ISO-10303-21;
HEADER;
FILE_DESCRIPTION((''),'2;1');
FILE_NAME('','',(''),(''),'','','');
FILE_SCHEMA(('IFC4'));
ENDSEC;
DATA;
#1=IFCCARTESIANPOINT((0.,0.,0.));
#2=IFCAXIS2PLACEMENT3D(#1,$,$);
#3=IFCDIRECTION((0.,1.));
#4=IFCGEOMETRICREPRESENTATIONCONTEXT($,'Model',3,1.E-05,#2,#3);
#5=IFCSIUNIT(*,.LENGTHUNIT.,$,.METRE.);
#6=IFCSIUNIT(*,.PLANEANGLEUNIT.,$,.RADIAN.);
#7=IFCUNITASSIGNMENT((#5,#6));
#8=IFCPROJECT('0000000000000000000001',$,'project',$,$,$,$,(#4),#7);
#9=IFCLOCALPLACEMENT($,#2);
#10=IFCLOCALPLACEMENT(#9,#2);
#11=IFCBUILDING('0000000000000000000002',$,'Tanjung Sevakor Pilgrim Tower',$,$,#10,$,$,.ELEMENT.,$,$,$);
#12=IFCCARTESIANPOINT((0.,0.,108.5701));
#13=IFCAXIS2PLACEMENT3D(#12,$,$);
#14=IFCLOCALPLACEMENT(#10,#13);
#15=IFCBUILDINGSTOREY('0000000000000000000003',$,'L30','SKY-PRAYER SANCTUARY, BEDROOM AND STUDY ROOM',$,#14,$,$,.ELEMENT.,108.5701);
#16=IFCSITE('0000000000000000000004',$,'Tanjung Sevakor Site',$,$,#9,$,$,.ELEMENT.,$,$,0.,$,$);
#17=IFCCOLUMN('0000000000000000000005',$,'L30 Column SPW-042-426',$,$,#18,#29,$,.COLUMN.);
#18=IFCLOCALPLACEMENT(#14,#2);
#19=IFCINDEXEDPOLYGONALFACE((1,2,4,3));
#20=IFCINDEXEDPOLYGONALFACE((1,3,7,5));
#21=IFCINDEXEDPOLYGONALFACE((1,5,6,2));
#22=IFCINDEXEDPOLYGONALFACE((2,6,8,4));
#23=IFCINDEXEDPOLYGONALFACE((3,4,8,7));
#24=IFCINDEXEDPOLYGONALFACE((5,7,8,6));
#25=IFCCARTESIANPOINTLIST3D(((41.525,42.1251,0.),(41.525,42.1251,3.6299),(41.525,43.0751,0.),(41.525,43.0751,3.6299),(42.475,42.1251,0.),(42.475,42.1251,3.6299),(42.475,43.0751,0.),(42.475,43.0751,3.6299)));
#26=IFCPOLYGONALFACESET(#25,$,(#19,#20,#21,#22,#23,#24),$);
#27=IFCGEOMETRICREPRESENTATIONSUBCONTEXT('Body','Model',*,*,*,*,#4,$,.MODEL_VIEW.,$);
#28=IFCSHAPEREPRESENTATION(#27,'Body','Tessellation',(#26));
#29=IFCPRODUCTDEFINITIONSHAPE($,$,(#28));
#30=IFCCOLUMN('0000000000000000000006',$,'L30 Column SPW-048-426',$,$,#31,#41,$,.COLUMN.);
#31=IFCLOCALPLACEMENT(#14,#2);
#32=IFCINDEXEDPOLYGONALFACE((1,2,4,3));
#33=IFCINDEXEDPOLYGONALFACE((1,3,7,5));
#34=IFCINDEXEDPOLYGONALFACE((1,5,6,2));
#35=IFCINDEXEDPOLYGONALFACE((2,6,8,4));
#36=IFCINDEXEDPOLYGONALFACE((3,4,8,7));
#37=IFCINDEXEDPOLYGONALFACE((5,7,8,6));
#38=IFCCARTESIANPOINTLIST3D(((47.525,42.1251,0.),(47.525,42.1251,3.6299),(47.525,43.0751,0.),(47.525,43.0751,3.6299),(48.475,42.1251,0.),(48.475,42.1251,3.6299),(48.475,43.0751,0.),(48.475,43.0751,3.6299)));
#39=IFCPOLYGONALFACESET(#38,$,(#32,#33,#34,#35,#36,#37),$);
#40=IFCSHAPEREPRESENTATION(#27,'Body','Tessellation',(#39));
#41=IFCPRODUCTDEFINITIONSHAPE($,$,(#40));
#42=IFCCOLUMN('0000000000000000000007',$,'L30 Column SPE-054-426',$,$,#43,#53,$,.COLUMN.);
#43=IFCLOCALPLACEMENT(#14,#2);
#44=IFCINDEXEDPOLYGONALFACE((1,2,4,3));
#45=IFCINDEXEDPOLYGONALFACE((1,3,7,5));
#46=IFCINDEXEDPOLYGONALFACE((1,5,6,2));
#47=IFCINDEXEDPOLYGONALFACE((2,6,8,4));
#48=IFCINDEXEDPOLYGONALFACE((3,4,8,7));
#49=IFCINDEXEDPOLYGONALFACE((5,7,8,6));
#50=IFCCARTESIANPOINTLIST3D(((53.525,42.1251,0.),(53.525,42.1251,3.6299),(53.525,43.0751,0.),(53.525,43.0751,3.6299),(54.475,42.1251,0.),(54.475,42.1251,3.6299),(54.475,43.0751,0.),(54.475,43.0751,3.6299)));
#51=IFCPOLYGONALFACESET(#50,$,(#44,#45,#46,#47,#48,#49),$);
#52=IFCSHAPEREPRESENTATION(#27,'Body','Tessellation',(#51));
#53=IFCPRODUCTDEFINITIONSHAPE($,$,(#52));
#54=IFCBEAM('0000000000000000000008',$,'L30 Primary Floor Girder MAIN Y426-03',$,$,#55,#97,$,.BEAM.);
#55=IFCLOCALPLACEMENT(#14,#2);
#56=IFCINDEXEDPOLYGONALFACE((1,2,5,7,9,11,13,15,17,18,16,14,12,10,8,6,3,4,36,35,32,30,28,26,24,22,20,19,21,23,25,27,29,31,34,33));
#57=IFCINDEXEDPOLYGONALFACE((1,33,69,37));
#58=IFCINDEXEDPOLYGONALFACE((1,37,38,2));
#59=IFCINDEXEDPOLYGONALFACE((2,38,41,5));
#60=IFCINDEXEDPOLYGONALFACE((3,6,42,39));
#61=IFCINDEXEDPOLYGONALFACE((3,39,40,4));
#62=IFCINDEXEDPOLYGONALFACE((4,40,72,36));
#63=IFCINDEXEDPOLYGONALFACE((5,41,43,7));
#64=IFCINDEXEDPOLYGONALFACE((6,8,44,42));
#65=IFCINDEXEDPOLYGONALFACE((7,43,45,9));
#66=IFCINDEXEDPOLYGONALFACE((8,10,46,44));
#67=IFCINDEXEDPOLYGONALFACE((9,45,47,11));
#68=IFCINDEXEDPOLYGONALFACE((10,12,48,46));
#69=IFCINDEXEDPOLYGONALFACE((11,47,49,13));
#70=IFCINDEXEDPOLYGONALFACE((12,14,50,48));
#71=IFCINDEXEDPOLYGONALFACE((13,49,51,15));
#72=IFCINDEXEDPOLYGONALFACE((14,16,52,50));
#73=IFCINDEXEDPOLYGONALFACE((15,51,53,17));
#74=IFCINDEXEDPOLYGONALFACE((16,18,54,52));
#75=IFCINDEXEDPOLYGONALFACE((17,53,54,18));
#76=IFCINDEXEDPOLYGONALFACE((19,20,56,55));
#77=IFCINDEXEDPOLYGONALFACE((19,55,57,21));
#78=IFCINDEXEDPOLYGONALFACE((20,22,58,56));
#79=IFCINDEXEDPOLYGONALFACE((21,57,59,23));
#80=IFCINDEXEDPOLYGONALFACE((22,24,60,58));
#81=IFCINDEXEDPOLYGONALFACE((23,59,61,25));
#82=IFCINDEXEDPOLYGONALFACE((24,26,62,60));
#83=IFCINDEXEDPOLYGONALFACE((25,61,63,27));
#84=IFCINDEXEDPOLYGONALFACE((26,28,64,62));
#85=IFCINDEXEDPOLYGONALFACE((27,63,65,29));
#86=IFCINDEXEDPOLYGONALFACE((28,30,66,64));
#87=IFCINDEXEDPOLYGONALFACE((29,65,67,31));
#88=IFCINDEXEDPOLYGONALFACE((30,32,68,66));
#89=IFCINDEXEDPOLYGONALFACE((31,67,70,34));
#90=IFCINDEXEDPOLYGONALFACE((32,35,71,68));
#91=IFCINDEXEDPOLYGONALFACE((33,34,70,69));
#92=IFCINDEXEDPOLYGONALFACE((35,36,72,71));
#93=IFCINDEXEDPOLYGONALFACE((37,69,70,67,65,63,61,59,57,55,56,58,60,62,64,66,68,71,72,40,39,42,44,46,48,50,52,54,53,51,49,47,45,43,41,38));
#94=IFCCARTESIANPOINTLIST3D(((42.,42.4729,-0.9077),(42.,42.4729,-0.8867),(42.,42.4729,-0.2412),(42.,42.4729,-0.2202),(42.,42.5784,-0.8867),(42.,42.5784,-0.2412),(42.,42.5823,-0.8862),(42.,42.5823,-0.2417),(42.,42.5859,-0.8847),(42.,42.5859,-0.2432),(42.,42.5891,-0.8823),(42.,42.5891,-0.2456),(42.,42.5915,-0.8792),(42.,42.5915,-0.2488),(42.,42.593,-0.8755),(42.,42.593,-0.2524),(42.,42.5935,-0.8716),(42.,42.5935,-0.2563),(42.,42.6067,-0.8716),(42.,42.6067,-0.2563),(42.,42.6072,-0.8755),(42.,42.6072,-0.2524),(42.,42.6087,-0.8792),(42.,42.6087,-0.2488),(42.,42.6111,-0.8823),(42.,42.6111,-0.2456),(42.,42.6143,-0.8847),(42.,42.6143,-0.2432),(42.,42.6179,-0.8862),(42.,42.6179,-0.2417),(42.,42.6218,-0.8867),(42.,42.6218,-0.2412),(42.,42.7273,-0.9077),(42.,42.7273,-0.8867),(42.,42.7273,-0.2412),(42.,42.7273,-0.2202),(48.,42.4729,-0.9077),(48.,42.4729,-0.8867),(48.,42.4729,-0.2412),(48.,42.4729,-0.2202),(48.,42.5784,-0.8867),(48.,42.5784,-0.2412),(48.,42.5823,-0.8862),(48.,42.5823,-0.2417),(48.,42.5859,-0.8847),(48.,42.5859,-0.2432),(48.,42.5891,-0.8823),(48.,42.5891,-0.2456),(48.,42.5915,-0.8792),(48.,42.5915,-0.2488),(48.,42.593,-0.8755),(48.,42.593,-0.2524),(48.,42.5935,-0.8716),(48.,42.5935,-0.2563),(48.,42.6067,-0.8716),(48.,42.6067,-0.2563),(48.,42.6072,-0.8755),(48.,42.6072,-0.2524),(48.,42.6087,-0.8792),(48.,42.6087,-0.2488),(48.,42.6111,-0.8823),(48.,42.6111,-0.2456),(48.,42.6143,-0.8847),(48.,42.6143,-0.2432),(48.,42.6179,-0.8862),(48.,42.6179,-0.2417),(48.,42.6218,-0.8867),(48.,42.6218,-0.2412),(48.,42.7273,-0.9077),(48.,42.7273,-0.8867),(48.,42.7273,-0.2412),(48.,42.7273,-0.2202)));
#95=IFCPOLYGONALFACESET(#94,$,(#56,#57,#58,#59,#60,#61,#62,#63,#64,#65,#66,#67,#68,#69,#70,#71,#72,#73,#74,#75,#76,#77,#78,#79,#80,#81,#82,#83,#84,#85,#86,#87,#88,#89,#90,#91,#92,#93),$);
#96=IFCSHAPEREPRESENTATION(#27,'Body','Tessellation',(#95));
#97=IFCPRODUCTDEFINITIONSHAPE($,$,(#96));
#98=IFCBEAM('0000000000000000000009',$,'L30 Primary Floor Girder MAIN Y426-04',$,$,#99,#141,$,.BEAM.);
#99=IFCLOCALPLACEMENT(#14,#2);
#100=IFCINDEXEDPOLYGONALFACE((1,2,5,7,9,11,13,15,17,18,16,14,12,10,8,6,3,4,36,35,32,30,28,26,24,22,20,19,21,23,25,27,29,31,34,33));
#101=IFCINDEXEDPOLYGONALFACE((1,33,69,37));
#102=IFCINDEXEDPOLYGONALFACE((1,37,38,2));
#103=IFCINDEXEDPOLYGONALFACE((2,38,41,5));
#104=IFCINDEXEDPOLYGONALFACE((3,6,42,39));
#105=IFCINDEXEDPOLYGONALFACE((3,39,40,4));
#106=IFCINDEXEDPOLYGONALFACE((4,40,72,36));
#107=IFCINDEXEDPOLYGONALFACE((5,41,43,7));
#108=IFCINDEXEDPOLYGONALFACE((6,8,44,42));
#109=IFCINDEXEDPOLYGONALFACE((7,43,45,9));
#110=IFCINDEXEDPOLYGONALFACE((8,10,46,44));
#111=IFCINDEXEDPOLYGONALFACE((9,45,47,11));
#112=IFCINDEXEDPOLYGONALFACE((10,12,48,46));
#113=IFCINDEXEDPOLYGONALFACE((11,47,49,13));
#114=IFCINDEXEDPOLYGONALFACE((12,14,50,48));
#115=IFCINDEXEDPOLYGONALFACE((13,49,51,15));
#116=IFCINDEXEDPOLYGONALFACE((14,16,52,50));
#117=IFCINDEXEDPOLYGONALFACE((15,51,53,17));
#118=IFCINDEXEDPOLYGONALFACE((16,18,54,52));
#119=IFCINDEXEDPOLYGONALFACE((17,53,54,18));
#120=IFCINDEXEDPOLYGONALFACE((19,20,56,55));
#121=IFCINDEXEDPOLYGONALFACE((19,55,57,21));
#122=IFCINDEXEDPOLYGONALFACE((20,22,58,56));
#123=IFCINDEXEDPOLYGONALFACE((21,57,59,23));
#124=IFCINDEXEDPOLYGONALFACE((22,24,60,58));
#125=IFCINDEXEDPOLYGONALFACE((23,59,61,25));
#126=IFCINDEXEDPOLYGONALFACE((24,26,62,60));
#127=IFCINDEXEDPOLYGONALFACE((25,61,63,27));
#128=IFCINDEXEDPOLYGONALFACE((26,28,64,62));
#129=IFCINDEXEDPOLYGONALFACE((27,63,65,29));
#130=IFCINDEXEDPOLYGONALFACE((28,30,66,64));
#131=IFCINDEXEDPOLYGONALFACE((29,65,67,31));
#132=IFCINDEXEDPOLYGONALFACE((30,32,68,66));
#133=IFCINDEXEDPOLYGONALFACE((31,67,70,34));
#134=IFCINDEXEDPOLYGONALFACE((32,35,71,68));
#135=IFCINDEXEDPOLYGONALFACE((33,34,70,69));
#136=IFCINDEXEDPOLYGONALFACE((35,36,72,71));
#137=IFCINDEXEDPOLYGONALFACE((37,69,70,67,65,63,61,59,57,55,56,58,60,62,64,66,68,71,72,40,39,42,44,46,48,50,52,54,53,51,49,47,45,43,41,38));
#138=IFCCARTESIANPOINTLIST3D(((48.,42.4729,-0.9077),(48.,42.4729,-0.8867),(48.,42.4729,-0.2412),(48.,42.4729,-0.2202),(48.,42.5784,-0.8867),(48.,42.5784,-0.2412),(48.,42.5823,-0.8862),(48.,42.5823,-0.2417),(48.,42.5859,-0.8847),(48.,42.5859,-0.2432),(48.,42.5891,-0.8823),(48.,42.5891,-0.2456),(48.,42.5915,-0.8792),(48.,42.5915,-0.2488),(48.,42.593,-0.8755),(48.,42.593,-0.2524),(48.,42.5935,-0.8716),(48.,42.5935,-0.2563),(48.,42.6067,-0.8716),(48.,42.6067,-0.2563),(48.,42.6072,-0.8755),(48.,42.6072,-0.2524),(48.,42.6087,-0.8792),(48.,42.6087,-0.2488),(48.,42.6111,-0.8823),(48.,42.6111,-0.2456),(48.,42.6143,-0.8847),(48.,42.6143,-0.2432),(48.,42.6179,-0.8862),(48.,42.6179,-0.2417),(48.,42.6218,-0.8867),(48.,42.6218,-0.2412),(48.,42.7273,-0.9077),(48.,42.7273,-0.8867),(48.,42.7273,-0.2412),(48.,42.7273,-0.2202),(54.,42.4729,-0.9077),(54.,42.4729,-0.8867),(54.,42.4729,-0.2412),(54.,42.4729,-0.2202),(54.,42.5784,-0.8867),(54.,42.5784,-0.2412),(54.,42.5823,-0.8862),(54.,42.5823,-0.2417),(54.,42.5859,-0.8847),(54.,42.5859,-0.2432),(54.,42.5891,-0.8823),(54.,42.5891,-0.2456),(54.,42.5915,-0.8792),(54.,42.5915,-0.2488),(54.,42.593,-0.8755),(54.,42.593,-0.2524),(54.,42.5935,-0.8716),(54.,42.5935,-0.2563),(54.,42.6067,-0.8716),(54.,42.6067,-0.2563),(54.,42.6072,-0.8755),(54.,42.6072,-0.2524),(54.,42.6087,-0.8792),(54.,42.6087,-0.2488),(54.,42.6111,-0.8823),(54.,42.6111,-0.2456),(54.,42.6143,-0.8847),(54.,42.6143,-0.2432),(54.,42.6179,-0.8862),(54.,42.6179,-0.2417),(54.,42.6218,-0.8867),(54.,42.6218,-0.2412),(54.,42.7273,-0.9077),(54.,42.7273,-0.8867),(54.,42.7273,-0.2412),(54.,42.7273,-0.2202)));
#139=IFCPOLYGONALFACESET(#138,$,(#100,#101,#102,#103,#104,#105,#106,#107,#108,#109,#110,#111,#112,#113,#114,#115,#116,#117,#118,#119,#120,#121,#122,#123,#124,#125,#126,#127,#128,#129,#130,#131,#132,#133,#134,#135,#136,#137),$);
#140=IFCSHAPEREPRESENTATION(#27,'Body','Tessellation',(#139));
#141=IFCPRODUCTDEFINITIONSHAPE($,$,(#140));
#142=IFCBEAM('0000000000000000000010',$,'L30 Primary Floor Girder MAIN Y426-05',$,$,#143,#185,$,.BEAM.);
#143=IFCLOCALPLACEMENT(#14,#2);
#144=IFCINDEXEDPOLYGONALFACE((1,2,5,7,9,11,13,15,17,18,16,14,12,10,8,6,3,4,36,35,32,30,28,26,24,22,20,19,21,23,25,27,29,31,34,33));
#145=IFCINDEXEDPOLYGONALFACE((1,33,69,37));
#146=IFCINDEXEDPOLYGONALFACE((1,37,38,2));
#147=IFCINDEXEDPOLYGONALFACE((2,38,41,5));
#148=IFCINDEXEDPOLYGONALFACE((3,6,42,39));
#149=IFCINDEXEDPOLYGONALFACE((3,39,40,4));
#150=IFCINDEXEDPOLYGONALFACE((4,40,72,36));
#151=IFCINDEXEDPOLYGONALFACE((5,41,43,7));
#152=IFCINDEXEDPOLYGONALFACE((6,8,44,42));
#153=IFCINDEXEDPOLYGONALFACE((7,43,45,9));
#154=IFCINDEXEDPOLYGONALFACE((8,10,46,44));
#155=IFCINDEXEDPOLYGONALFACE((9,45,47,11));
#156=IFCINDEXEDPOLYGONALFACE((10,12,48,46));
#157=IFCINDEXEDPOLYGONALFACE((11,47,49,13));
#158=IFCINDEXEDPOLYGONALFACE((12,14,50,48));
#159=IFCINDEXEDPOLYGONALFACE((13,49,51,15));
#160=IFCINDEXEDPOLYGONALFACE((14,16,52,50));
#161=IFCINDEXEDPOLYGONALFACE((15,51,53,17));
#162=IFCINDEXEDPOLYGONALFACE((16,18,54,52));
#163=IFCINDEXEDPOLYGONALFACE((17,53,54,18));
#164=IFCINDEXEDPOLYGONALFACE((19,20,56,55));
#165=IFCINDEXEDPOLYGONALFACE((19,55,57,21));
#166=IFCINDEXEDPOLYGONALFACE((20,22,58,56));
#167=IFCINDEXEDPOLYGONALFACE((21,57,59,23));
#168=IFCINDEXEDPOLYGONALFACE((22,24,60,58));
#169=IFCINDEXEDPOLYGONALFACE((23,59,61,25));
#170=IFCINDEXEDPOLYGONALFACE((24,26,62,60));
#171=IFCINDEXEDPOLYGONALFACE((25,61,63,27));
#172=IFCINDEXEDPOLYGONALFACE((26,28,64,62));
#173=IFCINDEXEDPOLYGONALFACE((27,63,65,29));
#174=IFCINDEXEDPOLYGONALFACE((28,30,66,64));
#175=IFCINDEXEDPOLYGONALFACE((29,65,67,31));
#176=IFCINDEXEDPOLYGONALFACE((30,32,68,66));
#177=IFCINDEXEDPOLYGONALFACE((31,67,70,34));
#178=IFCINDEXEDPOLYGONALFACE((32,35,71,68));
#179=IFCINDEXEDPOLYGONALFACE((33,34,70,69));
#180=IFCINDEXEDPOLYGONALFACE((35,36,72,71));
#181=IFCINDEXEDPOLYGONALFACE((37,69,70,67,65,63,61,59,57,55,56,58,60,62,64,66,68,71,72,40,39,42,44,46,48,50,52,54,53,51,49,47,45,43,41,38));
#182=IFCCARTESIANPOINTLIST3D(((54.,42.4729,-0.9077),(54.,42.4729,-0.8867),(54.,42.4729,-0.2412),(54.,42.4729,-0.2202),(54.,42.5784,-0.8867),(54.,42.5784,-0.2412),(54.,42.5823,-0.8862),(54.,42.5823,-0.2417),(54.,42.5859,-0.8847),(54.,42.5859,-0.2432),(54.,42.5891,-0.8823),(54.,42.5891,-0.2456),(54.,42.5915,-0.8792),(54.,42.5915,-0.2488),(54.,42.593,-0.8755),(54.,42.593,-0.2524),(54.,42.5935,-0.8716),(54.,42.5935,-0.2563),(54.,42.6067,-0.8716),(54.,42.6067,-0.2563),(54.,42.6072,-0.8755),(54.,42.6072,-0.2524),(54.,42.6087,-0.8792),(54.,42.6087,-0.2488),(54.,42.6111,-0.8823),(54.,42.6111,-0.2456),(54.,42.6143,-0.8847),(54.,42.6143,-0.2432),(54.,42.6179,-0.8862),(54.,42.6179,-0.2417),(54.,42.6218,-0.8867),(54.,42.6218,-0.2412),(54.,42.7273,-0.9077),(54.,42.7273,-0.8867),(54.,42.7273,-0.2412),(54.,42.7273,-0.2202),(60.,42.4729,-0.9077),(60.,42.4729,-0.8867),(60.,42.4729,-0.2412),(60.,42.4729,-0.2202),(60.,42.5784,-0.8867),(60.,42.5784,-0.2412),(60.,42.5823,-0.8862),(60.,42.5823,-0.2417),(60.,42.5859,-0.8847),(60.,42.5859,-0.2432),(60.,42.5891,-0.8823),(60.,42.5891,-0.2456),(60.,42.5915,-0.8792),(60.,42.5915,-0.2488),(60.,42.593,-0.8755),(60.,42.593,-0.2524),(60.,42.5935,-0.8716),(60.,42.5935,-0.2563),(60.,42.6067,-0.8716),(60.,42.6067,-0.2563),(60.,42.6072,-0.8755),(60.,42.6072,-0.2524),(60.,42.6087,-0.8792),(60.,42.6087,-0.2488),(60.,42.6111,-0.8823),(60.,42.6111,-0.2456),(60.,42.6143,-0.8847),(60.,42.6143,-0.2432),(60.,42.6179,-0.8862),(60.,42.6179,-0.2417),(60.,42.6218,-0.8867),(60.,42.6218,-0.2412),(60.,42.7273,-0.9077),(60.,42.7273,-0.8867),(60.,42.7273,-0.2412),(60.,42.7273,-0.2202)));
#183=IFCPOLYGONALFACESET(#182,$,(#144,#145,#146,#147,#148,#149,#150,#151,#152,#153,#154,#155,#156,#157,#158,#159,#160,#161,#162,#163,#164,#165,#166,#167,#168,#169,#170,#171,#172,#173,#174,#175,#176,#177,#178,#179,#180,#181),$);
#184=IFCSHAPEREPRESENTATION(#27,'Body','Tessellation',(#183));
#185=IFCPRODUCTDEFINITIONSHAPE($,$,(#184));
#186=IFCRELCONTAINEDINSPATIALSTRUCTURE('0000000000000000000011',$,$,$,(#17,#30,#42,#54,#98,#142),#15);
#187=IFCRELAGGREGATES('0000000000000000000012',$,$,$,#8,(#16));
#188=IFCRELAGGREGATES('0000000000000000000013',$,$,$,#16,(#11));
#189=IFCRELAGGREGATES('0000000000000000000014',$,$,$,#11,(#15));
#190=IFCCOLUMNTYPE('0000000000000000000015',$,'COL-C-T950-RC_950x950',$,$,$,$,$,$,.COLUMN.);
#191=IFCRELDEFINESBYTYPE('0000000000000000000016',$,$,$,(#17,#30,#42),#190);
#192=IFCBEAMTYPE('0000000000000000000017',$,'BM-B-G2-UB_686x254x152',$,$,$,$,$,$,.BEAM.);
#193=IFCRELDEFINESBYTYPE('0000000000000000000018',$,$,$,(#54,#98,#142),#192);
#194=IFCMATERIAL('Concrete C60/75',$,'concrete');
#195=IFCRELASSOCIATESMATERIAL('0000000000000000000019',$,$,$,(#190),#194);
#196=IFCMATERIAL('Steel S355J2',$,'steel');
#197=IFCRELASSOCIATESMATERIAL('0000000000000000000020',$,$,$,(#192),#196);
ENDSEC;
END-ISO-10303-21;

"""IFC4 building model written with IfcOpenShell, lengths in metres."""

from ifc_helpers import new_model, si_unit, direction, frame, origin, origin_2d, place, context, subcontext, project, spatial, rectangle, i_section, extrude, material, material_profile, profile_set, type_object, element, save


model = new_model("IFC4")

# Units and contexts
model_context = context("Model", 3, precision=1e-05, world=origin(), true_north=direction((0.0, 1.0)))
body_context = subcontext(model_context, "Body", "Model", "MODEL_VIEW")
ifc_project = project(units=[si_unit("LENGTHUNIT", "METRE"), si_unit("PLANEANGLEUNIT", "RADIAN")], contexts=[model_context])

# Site, building, storey
site_placement = place(None, origin())
site = spatial("IfcSite", under=ifc_project, at=site_placement, Name="Tanjung Sevakor Site", CompositionType="ELEMENT", RefElevation=0.0)
building_placement = place(site_placement, origin())
building = spatial("IfcBuilding", under=site, at=building_placement, Name="Tanjung Sevakor Pilgrim Tower", CompositionType="ELEMENT")
storey_placement = place(building_placement, frame((0.0, 0.0, 108.5701)))
storey = spatial("IfcBuildingStorey", under=building, at=storey_placement, Name="L30", Description="SKY-PRAYER SANCTUARY, BEDROOM AND STUDY ROOM", CompositionType="ELEMENT", Elevation=108.5701)

# Columns
ifc_material_1 = material(Name="Concrete C60/75", Category="concrete")
ifc_material_profile_1 = material_profile(ifc_material_1, rectangle(XDim=0.95, YDim=0.95, at=origin_2d()))
ifc_profile_set_1 = profile_set([ifc_material_profile_1], Name="Concrete C60/75")
column_type = type_object("IfcColumnType", Name="COL-C-T950-RC_950x950", PredefinedType="COLUMN", material=ifc_profile_set_1)
for number, where, z_axis, x_axis, name in (
    (1, (42.0, 42.6001, 0.0), (0.0, 0.0, 1.0), (1.0, 0.0, 0.0), "L30 Column SPW-042-426"),
    (2, (48.0, 42.6001, 0.0), (0.0, 0.0, 1.0), (1.0, 0.0, 0.0), "L30 Column SPW-048-426"),
    (3, (54.0, 42.6001, 0.0), (0.0, 0.0, 1.0), (1.0, 0.0, 0.0), "L30 Column SPE-054-426"),
):
    element("IfcColumn", number, at=place(storey_placement, frame(where, z_axis=z_axis, x_axis=x_axis)), inside=storey, type_object=column_type, Name=name, PredefinedType="COLUMN", context=body_context, shape_type="SweptSolid", body=[
        extrude(rectangle(XDim=0.95, YDim=0.95, at=origin_2d()), origin(), (0.0, 0.0, 1.0), 3.6299),
    ])

# Beams
ifc_material_2 = material(Name="Steel S355J2", Category="steel")
ifc_material_profile_2 = material_profile(ifc_material_2, i_section(OverallWidth=0.2544, OverallDepth=0.6875, WebThickness=0.0132, FlangeThickness=0.021, FilletRadius=0.0151, at=origin_2d()))
ifc_profile_set_2 = profile_set([ifc_material_profile_2], Name="Steel S355J2")
beam_type_1 = type_object("IfcBeamType", Name="BM-B-G2-UB_686x254x152", PredefinedType="BEAM", material=ifc_profile_set_2)
for number, where, z_axis, x_axis, name in (
    (4, (42.0, 42.6001, -0.564), (1.0, 0.0, 0.0), (0.0, 1.0, 0.0), "L30 Primary Floor Girder MAIN Y426-03"),
    (5, (48.0, 42.6001, -0.564), (1.0, 0.0, 0.0), (0.0, 1.0, 0.0), "L30 Primary Floor Girder MAIN Y426-04"),
    (6, (54.0, 42.6001, -0.564), (1.0, 0.0, 0.0), (0.0, 1.0, 0.0), "L30 Primary Floor Girder MAIN Y426-05"),
):
    element("IfcBeam", number, at=place(storey_placement, frame(where, z_axis=z_axis, x_axis=x_axis)), inside=storey, type_object=beam_type_1, Name=name, PredefinedType="BEAM", context=body_context, shape_type="SweptSolid", body=[
        extrude(i_section(OverallWidth=0.2544, OverallDepth=0.6875, WebThickness=0.0132, FlangeThickness=0.021, FilletRadius=0.0151, at=origin_2d()), origin(), (0.0, 0.0, 1.0), 6.0),
    ])

save(model, "model.ifc")
